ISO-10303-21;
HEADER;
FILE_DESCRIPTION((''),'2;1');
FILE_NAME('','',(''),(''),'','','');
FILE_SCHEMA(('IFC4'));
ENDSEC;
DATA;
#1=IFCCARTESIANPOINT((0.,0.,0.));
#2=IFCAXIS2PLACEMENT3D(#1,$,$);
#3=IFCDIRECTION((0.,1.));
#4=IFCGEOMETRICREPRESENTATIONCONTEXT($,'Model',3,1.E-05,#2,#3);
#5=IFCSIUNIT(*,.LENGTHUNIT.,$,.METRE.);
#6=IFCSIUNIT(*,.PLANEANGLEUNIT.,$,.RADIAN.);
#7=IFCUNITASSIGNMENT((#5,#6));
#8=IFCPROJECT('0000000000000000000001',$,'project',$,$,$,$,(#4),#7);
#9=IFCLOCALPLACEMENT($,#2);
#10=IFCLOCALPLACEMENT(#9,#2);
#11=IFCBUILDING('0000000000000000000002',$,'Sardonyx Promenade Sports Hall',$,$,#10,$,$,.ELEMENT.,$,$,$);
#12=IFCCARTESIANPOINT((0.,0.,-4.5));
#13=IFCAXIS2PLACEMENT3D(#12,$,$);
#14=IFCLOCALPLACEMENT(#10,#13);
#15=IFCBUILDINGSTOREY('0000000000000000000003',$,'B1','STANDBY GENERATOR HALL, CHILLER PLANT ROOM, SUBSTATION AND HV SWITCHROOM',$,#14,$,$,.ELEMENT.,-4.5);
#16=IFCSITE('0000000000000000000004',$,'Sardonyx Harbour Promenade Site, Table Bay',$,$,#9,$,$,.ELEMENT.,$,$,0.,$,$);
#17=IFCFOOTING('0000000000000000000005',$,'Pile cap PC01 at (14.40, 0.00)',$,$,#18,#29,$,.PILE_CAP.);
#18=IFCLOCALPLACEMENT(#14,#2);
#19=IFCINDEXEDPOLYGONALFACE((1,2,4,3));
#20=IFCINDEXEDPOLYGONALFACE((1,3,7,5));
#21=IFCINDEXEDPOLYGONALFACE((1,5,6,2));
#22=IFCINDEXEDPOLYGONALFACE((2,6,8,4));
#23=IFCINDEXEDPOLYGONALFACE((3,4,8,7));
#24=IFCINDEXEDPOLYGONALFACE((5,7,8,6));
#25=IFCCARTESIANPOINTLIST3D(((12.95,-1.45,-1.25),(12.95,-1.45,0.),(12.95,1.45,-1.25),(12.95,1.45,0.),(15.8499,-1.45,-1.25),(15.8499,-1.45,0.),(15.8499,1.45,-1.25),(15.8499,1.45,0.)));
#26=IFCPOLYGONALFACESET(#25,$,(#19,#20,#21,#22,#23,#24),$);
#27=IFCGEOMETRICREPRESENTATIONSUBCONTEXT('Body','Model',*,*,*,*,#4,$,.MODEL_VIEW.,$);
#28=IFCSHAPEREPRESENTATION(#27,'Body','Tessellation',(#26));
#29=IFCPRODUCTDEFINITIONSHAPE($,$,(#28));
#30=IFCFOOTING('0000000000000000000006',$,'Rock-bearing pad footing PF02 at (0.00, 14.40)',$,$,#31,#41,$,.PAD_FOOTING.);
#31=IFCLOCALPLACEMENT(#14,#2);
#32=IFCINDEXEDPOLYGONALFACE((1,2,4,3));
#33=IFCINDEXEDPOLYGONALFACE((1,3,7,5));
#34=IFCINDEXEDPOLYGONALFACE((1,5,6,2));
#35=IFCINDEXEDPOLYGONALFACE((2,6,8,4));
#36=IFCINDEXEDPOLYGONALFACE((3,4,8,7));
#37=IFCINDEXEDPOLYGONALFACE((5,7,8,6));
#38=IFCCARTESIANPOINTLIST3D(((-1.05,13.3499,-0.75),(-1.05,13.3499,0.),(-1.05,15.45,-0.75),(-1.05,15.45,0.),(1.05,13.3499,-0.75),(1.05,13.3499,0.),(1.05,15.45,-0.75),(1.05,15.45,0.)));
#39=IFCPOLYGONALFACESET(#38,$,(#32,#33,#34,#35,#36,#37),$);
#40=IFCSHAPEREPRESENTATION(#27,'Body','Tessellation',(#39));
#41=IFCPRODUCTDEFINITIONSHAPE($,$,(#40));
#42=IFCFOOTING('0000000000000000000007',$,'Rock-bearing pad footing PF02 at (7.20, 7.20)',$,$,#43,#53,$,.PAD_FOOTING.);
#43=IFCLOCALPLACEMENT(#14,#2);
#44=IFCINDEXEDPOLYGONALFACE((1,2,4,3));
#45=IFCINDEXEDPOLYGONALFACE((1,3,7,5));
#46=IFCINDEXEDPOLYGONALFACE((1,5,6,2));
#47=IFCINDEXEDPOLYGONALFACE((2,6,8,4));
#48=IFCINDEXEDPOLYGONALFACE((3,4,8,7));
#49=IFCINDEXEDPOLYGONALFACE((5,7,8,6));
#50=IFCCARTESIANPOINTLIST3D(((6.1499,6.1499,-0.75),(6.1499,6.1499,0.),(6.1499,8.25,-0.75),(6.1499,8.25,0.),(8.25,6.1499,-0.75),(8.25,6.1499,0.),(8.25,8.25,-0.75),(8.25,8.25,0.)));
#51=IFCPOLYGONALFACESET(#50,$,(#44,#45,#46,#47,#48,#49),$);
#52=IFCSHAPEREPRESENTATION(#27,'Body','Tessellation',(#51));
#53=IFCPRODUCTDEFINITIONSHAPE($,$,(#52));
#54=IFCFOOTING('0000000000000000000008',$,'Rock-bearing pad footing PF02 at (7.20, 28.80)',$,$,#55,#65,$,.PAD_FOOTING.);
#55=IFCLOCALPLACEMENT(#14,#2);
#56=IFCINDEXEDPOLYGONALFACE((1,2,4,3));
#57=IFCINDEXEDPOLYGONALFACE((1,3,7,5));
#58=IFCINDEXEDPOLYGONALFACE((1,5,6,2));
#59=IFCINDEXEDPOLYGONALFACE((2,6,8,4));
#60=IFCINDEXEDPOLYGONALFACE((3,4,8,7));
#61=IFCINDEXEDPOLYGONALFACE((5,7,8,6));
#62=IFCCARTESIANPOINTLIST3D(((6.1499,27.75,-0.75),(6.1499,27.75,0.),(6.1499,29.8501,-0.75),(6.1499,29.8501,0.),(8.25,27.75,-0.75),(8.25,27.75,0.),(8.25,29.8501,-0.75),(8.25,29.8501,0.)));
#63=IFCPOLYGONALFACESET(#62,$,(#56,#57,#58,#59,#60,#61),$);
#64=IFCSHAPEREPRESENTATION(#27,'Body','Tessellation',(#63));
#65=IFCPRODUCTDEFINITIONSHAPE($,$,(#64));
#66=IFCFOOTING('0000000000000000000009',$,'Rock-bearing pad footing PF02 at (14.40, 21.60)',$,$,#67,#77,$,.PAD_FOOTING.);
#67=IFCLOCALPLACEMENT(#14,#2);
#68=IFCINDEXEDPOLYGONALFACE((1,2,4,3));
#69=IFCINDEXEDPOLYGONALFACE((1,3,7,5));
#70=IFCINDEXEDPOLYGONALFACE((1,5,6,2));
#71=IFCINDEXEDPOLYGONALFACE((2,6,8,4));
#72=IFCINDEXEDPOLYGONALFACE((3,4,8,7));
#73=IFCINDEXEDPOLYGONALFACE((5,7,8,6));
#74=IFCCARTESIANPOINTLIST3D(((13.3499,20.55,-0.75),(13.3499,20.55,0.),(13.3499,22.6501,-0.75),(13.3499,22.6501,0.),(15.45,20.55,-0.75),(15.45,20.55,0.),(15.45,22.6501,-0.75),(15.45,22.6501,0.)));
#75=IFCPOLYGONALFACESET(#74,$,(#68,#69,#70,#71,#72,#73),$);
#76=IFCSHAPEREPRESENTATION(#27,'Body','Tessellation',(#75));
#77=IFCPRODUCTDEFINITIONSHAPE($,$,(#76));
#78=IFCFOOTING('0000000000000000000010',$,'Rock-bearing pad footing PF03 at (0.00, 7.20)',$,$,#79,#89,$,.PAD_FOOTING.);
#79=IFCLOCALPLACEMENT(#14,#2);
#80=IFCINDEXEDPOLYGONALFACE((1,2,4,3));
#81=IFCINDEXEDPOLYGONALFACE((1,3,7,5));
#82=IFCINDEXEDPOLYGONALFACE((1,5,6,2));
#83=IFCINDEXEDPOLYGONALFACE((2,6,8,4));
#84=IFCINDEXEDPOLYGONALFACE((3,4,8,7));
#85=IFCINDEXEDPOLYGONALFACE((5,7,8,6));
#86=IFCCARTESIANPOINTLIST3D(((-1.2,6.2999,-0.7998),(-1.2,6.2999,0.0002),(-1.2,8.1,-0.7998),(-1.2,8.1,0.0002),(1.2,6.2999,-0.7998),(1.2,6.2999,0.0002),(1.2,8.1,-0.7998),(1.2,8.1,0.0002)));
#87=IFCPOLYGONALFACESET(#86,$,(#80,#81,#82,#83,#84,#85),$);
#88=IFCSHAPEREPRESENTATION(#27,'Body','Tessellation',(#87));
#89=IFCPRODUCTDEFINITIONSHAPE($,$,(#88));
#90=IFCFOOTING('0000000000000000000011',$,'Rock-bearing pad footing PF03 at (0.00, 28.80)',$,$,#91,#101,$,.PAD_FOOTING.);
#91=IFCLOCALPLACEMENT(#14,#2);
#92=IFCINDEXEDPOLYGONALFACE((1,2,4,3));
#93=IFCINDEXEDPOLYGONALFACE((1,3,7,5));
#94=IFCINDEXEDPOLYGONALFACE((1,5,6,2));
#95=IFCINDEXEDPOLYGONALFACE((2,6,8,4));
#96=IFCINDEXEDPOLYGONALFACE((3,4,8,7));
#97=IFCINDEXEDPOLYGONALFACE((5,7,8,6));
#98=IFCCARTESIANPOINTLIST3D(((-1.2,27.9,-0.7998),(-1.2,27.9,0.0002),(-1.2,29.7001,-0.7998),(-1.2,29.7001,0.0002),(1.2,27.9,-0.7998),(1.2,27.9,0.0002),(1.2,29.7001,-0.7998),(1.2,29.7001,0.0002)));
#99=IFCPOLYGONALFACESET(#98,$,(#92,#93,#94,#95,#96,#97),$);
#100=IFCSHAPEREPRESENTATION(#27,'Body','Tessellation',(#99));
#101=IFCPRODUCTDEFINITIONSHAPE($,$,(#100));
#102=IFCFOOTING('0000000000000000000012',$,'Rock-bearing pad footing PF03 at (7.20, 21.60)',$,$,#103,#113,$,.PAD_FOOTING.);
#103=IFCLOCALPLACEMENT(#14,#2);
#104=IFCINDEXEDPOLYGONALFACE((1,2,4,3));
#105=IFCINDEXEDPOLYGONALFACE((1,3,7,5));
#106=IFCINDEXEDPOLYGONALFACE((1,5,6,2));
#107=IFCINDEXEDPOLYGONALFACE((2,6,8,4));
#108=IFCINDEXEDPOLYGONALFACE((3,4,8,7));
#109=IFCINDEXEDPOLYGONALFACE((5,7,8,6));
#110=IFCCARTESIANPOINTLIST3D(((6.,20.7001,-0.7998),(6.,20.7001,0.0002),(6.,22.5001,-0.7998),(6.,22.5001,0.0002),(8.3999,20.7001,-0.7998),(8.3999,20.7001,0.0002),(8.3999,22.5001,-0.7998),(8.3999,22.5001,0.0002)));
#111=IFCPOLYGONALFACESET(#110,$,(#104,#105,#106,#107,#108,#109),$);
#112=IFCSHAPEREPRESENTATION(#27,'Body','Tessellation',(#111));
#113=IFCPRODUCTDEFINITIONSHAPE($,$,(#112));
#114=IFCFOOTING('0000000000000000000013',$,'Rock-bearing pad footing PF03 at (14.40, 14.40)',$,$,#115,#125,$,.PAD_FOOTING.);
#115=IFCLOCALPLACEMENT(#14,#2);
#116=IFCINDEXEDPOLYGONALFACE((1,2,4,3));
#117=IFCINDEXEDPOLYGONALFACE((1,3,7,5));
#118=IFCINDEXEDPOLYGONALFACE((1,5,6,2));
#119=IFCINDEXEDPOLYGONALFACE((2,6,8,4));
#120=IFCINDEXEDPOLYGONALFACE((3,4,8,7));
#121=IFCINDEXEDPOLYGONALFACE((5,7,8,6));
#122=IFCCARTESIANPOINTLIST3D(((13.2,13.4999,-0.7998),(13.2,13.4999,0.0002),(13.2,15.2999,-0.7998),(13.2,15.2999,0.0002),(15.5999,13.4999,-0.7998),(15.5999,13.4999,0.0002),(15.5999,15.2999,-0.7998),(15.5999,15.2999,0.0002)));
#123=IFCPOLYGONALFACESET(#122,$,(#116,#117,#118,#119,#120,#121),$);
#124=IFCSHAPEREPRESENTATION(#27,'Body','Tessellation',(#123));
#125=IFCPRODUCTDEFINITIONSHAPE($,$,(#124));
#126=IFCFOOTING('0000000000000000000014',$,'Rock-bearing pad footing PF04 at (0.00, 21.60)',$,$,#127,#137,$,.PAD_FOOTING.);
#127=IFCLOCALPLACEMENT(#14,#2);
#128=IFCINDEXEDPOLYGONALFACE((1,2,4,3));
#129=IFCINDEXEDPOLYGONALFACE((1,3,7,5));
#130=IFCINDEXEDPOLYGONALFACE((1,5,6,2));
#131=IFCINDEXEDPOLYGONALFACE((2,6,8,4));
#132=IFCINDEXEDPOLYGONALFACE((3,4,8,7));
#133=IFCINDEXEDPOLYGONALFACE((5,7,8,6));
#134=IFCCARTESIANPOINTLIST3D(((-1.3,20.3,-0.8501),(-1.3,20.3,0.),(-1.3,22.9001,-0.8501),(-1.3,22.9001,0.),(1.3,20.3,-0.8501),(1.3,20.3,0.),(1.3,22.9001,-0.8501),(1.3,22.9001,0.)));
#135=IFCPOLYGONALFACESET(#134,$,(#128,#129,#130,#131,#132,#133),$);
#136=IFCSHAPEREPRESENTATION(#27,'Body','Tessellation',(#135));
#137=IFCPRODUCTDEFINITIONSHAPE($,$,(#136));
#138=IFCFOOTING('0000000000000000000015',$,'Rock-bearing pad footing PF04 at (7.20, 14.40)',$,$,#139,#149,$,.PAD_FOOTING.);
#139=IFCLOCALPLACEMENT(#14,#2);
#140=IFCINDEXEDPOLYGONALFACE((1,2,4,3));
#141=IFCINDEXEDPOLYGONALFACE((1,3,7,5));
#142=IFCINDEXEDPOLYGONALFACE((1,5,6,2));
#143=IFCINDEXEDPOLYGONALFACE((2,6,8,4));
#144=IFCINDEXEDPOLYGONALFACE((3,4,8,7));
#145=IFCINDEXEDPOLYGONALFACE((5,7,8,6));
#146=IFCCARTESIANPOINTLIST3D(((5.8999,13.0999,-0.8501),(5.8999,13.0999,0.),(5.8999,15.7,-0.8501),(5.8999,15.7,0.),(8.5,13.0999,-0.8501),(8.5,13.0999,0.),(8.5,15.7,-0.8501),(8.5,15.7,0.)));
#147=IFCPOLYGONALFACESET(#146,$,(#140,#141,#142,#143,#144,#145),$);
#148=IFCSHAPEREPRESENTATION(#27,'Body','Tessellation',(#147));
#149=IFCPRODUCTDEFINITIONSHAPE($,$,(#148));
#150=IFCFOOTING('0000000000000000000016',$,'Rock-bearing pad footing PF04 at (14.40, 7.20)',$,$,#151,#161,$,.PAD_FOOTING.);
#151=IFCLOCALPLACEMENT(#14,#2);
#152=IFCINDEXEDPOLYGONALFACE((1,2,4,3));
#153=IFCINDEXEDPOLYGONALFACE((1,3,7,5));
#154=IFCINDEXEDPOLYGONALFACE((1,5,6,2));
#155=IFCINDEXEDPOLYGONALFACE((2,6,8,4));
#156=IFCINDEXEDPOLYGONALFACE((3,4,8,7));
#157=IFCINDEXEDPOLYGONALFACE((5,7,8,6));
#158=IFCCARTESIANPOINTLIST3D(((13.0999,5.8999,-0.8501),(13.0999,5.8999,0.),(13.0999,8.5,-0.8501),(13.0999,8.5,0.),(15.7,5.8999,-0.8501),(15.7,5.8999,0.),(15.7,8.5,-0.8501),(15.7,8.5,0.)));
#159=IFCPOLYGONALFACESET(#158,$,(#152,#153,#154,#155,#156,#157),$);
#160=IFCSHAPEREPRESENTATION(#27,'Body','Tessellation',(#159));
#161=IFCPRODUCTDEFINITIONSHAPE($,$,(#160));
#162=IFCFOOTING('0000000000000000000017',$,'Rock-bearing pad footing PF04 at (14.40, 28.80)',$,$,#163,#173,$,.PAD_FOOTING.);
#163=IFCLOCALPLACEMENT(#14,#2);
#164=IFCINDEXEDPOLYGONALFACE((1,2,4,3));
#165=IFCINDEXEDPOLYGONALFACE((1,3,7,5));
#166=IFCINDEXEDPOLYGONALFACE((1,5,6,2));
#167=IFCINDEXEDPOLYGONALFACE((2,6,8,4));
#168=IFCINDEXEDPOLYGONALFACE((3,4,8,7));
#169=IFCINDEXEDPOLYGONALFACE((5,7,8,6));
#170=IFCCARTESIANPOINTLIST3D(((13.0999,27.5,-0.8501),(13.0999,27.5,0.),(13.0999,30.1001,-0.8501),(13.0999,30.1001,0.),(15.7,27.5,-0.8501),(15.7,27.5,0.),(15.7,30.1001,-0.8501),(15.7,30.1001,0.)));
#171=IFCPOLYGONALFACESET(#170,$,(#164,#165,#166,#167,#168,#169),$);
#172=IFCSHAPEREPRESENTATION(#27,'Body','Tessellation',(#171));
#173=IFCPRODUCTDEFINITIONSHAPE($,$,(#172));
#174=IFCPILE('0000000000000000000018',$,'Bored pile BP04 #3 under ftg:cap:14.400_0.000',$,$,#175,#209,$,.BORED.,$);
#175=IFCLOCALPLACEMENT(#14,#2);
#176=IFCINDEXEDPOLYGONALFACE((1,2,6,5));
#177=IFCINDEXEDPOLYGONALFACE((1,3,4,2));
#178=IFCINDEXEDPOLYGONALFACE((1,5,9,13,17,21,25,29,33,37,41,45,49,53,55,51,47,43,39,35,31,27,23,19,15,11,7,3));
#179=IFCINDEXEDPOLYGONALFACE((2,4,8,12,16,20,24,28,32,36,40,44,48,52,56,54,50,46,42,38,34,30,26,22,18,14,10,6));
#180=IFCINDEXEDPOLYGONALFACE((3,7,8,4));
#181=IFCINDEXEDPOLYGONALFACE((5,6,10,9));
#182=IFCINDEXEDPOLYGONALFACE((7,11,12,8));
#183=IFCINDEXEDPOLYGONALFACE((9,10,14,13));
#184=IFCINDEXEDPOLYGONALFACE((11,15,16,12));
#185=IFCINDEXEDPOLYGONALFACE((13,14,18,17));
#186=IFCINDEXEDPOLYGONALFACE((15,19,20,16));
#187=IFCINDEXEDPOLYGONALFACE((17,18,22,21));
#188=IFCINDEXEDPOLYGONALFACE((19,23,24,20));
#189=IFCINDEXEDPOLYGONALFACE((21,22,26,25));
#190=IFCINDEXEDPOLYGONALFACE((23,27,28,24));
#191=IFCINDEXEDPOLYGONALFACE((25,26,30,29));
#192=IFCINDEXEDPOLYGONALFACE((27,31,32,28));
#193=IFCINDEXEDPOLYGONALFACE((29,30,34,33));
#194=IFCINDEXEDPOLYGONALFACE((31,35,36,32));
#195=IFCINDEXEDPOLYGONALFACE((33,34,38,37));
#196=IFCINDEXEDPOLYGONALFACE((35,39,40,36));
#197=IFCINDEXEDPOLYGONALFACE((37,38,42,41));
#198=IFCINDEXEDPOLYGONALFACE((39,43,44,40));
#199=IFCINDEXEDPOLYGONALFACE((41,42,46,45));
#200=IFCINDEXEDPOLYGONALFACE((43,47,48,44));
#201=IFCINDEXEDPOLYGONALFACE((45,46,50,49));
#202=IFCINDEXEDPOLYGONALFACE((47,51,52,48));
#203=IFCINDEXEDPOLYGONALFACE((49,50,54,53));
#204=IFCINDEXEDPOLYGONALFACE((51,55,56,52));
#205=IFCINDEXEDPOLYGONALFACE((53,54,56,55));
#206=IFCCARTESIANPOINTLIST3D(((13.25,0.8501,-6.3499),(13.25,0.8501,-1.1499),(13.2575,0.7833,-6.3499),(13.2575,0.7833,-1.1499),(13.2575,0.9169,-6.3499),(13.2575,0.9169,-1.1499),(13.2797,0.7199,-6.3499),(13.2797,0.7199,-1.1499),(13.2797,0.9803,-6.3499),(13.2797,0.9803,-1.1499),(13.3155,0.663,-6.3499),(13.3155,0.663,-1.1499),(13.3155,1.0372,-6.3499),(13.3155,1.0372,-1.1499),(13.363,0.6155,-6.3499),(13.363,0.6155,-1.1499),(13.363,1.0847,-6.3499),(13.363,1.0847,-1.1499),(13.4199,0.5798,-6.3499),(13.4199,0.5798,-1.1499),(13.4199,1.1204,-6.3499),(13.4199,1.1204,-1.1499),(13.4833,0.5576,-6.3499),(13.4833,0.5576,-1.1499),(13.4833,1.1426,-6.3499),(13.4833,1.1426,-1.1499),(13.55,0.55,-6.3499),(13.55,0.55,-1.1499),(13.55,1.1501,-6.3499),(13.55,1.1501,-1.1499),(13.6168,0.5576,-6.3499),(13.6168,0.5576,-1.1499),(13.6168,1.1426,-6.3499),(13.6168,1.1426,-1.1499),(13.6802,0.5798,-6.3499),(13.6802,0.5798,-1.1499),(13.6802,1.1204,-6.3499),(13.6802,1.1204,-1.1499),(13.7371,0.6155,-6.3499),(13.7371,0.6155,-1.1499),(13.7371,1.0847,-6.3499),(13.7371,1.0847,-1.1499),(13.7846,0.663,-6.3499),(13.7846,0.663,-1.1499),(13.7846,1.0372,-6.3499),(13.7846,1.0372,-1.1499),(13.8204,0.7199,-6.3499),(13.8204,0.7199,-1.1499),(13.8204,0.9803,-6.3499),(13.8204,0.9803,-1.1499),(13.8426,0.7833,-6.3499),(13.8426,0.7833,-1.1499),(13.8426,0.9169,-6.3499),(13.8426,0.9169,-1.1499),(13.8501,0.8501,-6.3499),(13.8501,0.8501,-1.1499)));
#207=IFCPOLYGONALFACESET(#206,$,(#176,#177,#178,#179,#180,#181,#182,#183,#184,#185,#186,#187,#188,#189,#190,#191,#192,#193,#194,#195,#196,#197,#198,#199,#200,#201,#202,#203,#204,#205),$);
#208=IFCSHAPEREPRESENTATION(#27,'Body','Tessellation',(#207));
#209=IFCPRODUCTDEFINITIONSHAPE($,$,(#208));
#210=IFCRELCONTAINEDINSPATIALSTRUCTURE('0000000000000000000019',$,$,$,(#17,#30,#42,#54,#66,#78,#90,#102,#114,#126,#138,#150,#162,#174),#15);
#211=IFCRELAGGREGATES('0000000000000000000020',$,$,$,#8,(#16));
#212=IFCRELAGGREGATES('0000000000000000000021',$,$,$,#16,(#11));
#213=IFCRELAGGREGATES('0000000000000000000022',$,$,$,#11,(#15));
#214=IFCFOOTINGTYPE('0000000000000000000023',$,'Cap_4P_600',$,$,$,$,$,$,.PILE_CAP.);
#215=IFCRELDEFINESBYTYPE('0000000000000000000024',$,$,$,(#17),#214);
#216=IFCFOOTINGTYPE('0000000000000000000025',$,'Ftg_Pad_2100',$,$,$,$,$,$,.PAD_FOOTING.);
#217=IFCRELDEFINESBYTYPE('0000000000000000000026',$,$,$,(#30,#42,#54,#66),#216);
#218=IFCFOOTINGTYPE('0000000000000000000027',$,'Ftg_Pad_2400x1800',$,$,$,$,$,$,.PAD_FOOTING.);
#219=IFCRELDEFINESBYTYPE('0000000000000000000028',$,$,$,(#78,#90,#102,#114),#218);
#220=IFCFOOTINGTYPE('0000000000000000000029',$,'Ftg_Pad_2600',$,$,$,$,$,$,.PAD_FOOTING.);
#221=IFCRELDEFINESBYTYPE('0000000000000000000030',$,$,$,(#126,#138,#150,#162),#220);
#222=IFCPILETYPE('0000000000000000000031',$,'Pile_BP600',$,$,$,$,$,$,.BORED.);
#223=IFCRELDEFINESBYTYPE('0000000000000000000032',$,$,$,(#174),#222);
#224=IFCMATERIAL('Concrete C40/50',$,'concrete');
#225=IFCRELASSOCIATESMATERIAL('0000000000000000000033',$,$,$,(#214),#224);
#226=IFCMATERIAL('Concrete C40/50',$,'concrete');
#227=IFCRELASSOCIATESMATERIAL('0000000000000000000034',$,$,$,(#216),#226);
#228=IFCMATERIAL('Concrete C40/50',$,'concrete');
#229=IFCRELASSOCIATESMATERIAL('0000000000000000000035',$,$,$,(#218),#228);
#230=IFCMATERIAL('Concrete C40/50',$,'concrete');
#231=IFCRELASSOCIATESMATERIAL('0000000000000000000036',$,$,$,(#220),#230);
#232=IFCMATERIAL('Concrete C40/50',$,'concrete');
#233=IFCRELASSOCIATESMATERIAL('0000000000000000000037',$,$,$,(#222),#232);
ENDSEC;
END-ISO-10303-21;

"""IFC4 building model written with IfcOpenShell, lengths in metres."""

from ifc_helpers import new_model, si_unit, direction, frame, origin, origin_2d, place, context, subcontext, project, spatial, rectangle, circle, extrude, material, material_profile, profile_set, type_object, element, save


model = new_model("IFC4")

# Units and contexts
model_context = context("Model", 3, precision=1e-05, world=origin(), true_north=direction((0.0, 1.0)))
body_context = subcontext(model_context, "Body", "Model", "MODEL_VIEW")
ifc_project = project(units=[si_unit("LENGTHUNIT", "METRE"), si_unit("PLANEANGLEUNIT", "RADIAN")], contexts=[model_context])

# Site, building, storey
site_placement = place(None, origin())
site = spatial("IfcSite", under=ifc_project, at=site_placement, Name="Sardonyx Harbour Promenade Site, Table Bay", CompositionType="ELEMENT", RefElevation=0.0)
building_placement = place(site_placement, origin())
building = spatial("IfcBuilding", under=site, at=building_placement, Name="Sardonyx Promenade Sports Hall", CompositionType="ELEMENT")
storey_placement = place(building_placement, frame((0.0, 0.0, -4.5)))
storey = spatial("IfcBuildingStorey", under=building, at=storey_placement, Name="B1", Description="STANDBY GENERATOR HALL, CHILLER PLANT ROOM, SUBSTATION AND HV SWITCHROOM", CompositionType="ELEMENT", Elevation=-4.5)

# Footings
ifc_material_1 = material(Name="Concrete C40/50", Category="concrete")
footing_type_1 = type_object("IfcFootingType", Name="Cap_4P_600", PredefinedType="PILE_CAP", material=ifc_material_1)
footing_placement = place(storey_placement, frame((14.3999, 0.0, -1.25), z_axis=(0.0, 0.0, 1.0), x_axis=(1.0, 0.0, 0.0)))
element("IfcFooting", 1, at=footing_placement, inside=storey, type_object=footing_type_1, Name="Pile cap PC01 at (14.40, 0.00)", PredefinedType="PILE_CAP", context=body_context, shape_type="SweptSolid", body=[
    extrude(rectangle(XDim=2.8999, YDim=2.8999, at=origin_2d()), origin(), (0.0, 0.0, 1.0), 1.25),
])
ifc_material_2 = material(Name="Concrete C40/50", Category="concrete")
footing_type_2 = type_object("IfcFootingType", Name="Ftg_Pad_2100", PredefinedType="PAD_FOOTING", material=ifc_material_2)
for number, where, z_axis, x_axis, name in (
    (2, (0.0, 14.3999, -0.75), (0.0, 0.0, 1.0), (1.0, 0.0, 0.0), "Rock-bearing pad footing PF02 at (0.00, 14.40)"),
    (3, (7.2, 7.2, -0.75), (0.0, 0.0, 1.0), (1.0, 0.0, 0.0), "Rock-bearing pad footing PF02 at (7.20, 7.20)"),
    (4, (7.2, 28.8, -0.75), (0.0, 0.0, 1.0), (1.0, 0.0, 0.0), "Rock-bearing pad footing PF02 at (7.20, 28.80)"),
    (5, (14.3999, 21.6001, -0.75), (0.0, 0.0, 1.0), (1.0, 0.0, 0.0), "Rock-bearing pad footing PF02 at (14.40, 21.60)"),
):
    element("IfcFooting", number, at=place(storey_placement, frame(where, z_axis=z_axis, x_axis=x_axis)), inside=storey, type_object=footing_type_2, Name=name, PredefinedType="PAD_FOOTING", context=body_context, shape_type="SweptSolid", body=[
        extrude(rectangle(XDim=2.1001, YDim=2.1001, at=origin_2d()), origin(), (0.0, 0.0, 1.0), 0.75),
    ])
ifc_material_3 = material(Name="Concrete C40/50", Category="concrete")
footing_type_3 = type_object("IfcFootingType", Name="Ftg_Pad_2400x1800", PredefinedType="PAD_FOOTING", material=ifc_material_3)
for number, where, z_axis, x_axis, name in (
    (6, (0.0, 7.2, -0.7998), (0.0, 0.0, 1.0), (1.0, 0.0, 0.0), "Rock-bearing pad footing PF03 at (0.00, 7.20)"),
    (7, (0.0, 28.8, -0.7998), (0.0, 0.0, 1.0), (1.0, 0.0, 0.0), "Rock-bearing pad footing PF03 at (0.00, 28.80)"),
    (8, (7.2, 21.6001, -0.7998), (0.0, 0.0, 1.0), (1.0, 0.0, 0.0), "Rock-bearing pad footing PF03 at (7.20, 21.60)"),
    (9, (14.3999, 14.3999, -0.7998), (0.0, 0.0, 1.0), (1.0, 0.0, 0.0), "Rock-bearing pad footing PF03 at (14.40, 14.40)"),
):
    element("IfcFooting", number, at=place(storey_placement, frame(where, z_axis=z_axis, x_axis=x_axis)), inside=storey, type_object=footing_type_3, Name=name, PredefinedType="PAD_FOOTING", context=body_context, shape_type="SweptSolid", body=[
        extrude(rectangle(XDim=2.3999, YDim=1.8, at=origin_2d()), origin(), (0.0, 0.0, 1.0), 0.8),
    ])
ifc_material_4 = material(Name="Concrete C40/50", Category="concrete")
footing_type_4 = type_object("IfcFootingType", Name="Ftg_Pad_2600", PredefinedType="PAD_FOOTING", material=ifc_material_4)
for number, where, z_axis, x_axis, name in (
    (10, (0.0, 21.6001, -0.8501), (0.0, 0.0, 1.0), (1.0, 0.0, 0.0), "Rock-bearing pad footing PF04 at (0.00, 21.60)"),
    (11, (7.2, 14.3999, -0.8501), (0.0, 0.0, 1.0), (1.0, 0.0, 0.0), "Rock-bearing pad footing PF04 at (7.20, 14.40)"),
    (12, (14.3999, 7.2, -0.8501), (0.0, 0.0, 1.0), (1.0, 0.0, 0.0), "Rock-bearing pad footing PF04 at (14.40, 7.20)"),
    (13, (14.3999, 28.8, -0.8501), (0.0, 0.0, 1.0), (1.0, 0.0, 0.0), "Rock-bearing pad footing PF04 at (14.40, 28.80)"),
):
    element("IfcFooting", number, at=place(storey_placement, frame(where, z_axis=z_axis, x_axis=x_axis)), inside=storey, type_object=footing_type_4, Name=name, PredefinedType="PAD_FOOTING", context=body_context, shape_type="SweptSolid", body=[
        extrude(rectangle(XDim=2.6001, YDim=2.6001, at=origin_2d()), origin(), (0.0, 0.0, 1.0), 0.8501),
    ])

# Pile
ifc_material_5 = material(Name="Concrete C40/50", Category="concrete")
ifc_material_profile_1 = material_profile(ifc_material_5, circle(Radius=0.3, at=origin_2d()))
ifc_profile_set_1 = profile_set([ifc_material_profile_1], Name="Concrete C40/50")
pile_type = type_object("IfcPileType", Name="Pile_BP600", PredefinedType="BORED", material=ifc_profile_set_1)
for number, where, z_axis, x_axis, name in (
    (14, (13.55, 0.8501, -1.1499), (0.0, 0.0, -1.0), (1.0, 0.0, 0.0), "Bored pile BP04 #3 under ftg:cap:14.400_0.000"),
):
    element("IfcPile", number, at=place(storey_placement, frame(where, z_axis=z_axis, x_axis=x_axis)), inside=storey, type_object=pile_type, Name=name, PredefinedType="BORED", context=body_context, shape_type="SweptSolid", body=[
        extrude(circle(Radius=0.3, at=origin_2d()), origin(), (0.0, 0.0, 1.0), 5.2),
    ])

save(model, "model.ifc")
